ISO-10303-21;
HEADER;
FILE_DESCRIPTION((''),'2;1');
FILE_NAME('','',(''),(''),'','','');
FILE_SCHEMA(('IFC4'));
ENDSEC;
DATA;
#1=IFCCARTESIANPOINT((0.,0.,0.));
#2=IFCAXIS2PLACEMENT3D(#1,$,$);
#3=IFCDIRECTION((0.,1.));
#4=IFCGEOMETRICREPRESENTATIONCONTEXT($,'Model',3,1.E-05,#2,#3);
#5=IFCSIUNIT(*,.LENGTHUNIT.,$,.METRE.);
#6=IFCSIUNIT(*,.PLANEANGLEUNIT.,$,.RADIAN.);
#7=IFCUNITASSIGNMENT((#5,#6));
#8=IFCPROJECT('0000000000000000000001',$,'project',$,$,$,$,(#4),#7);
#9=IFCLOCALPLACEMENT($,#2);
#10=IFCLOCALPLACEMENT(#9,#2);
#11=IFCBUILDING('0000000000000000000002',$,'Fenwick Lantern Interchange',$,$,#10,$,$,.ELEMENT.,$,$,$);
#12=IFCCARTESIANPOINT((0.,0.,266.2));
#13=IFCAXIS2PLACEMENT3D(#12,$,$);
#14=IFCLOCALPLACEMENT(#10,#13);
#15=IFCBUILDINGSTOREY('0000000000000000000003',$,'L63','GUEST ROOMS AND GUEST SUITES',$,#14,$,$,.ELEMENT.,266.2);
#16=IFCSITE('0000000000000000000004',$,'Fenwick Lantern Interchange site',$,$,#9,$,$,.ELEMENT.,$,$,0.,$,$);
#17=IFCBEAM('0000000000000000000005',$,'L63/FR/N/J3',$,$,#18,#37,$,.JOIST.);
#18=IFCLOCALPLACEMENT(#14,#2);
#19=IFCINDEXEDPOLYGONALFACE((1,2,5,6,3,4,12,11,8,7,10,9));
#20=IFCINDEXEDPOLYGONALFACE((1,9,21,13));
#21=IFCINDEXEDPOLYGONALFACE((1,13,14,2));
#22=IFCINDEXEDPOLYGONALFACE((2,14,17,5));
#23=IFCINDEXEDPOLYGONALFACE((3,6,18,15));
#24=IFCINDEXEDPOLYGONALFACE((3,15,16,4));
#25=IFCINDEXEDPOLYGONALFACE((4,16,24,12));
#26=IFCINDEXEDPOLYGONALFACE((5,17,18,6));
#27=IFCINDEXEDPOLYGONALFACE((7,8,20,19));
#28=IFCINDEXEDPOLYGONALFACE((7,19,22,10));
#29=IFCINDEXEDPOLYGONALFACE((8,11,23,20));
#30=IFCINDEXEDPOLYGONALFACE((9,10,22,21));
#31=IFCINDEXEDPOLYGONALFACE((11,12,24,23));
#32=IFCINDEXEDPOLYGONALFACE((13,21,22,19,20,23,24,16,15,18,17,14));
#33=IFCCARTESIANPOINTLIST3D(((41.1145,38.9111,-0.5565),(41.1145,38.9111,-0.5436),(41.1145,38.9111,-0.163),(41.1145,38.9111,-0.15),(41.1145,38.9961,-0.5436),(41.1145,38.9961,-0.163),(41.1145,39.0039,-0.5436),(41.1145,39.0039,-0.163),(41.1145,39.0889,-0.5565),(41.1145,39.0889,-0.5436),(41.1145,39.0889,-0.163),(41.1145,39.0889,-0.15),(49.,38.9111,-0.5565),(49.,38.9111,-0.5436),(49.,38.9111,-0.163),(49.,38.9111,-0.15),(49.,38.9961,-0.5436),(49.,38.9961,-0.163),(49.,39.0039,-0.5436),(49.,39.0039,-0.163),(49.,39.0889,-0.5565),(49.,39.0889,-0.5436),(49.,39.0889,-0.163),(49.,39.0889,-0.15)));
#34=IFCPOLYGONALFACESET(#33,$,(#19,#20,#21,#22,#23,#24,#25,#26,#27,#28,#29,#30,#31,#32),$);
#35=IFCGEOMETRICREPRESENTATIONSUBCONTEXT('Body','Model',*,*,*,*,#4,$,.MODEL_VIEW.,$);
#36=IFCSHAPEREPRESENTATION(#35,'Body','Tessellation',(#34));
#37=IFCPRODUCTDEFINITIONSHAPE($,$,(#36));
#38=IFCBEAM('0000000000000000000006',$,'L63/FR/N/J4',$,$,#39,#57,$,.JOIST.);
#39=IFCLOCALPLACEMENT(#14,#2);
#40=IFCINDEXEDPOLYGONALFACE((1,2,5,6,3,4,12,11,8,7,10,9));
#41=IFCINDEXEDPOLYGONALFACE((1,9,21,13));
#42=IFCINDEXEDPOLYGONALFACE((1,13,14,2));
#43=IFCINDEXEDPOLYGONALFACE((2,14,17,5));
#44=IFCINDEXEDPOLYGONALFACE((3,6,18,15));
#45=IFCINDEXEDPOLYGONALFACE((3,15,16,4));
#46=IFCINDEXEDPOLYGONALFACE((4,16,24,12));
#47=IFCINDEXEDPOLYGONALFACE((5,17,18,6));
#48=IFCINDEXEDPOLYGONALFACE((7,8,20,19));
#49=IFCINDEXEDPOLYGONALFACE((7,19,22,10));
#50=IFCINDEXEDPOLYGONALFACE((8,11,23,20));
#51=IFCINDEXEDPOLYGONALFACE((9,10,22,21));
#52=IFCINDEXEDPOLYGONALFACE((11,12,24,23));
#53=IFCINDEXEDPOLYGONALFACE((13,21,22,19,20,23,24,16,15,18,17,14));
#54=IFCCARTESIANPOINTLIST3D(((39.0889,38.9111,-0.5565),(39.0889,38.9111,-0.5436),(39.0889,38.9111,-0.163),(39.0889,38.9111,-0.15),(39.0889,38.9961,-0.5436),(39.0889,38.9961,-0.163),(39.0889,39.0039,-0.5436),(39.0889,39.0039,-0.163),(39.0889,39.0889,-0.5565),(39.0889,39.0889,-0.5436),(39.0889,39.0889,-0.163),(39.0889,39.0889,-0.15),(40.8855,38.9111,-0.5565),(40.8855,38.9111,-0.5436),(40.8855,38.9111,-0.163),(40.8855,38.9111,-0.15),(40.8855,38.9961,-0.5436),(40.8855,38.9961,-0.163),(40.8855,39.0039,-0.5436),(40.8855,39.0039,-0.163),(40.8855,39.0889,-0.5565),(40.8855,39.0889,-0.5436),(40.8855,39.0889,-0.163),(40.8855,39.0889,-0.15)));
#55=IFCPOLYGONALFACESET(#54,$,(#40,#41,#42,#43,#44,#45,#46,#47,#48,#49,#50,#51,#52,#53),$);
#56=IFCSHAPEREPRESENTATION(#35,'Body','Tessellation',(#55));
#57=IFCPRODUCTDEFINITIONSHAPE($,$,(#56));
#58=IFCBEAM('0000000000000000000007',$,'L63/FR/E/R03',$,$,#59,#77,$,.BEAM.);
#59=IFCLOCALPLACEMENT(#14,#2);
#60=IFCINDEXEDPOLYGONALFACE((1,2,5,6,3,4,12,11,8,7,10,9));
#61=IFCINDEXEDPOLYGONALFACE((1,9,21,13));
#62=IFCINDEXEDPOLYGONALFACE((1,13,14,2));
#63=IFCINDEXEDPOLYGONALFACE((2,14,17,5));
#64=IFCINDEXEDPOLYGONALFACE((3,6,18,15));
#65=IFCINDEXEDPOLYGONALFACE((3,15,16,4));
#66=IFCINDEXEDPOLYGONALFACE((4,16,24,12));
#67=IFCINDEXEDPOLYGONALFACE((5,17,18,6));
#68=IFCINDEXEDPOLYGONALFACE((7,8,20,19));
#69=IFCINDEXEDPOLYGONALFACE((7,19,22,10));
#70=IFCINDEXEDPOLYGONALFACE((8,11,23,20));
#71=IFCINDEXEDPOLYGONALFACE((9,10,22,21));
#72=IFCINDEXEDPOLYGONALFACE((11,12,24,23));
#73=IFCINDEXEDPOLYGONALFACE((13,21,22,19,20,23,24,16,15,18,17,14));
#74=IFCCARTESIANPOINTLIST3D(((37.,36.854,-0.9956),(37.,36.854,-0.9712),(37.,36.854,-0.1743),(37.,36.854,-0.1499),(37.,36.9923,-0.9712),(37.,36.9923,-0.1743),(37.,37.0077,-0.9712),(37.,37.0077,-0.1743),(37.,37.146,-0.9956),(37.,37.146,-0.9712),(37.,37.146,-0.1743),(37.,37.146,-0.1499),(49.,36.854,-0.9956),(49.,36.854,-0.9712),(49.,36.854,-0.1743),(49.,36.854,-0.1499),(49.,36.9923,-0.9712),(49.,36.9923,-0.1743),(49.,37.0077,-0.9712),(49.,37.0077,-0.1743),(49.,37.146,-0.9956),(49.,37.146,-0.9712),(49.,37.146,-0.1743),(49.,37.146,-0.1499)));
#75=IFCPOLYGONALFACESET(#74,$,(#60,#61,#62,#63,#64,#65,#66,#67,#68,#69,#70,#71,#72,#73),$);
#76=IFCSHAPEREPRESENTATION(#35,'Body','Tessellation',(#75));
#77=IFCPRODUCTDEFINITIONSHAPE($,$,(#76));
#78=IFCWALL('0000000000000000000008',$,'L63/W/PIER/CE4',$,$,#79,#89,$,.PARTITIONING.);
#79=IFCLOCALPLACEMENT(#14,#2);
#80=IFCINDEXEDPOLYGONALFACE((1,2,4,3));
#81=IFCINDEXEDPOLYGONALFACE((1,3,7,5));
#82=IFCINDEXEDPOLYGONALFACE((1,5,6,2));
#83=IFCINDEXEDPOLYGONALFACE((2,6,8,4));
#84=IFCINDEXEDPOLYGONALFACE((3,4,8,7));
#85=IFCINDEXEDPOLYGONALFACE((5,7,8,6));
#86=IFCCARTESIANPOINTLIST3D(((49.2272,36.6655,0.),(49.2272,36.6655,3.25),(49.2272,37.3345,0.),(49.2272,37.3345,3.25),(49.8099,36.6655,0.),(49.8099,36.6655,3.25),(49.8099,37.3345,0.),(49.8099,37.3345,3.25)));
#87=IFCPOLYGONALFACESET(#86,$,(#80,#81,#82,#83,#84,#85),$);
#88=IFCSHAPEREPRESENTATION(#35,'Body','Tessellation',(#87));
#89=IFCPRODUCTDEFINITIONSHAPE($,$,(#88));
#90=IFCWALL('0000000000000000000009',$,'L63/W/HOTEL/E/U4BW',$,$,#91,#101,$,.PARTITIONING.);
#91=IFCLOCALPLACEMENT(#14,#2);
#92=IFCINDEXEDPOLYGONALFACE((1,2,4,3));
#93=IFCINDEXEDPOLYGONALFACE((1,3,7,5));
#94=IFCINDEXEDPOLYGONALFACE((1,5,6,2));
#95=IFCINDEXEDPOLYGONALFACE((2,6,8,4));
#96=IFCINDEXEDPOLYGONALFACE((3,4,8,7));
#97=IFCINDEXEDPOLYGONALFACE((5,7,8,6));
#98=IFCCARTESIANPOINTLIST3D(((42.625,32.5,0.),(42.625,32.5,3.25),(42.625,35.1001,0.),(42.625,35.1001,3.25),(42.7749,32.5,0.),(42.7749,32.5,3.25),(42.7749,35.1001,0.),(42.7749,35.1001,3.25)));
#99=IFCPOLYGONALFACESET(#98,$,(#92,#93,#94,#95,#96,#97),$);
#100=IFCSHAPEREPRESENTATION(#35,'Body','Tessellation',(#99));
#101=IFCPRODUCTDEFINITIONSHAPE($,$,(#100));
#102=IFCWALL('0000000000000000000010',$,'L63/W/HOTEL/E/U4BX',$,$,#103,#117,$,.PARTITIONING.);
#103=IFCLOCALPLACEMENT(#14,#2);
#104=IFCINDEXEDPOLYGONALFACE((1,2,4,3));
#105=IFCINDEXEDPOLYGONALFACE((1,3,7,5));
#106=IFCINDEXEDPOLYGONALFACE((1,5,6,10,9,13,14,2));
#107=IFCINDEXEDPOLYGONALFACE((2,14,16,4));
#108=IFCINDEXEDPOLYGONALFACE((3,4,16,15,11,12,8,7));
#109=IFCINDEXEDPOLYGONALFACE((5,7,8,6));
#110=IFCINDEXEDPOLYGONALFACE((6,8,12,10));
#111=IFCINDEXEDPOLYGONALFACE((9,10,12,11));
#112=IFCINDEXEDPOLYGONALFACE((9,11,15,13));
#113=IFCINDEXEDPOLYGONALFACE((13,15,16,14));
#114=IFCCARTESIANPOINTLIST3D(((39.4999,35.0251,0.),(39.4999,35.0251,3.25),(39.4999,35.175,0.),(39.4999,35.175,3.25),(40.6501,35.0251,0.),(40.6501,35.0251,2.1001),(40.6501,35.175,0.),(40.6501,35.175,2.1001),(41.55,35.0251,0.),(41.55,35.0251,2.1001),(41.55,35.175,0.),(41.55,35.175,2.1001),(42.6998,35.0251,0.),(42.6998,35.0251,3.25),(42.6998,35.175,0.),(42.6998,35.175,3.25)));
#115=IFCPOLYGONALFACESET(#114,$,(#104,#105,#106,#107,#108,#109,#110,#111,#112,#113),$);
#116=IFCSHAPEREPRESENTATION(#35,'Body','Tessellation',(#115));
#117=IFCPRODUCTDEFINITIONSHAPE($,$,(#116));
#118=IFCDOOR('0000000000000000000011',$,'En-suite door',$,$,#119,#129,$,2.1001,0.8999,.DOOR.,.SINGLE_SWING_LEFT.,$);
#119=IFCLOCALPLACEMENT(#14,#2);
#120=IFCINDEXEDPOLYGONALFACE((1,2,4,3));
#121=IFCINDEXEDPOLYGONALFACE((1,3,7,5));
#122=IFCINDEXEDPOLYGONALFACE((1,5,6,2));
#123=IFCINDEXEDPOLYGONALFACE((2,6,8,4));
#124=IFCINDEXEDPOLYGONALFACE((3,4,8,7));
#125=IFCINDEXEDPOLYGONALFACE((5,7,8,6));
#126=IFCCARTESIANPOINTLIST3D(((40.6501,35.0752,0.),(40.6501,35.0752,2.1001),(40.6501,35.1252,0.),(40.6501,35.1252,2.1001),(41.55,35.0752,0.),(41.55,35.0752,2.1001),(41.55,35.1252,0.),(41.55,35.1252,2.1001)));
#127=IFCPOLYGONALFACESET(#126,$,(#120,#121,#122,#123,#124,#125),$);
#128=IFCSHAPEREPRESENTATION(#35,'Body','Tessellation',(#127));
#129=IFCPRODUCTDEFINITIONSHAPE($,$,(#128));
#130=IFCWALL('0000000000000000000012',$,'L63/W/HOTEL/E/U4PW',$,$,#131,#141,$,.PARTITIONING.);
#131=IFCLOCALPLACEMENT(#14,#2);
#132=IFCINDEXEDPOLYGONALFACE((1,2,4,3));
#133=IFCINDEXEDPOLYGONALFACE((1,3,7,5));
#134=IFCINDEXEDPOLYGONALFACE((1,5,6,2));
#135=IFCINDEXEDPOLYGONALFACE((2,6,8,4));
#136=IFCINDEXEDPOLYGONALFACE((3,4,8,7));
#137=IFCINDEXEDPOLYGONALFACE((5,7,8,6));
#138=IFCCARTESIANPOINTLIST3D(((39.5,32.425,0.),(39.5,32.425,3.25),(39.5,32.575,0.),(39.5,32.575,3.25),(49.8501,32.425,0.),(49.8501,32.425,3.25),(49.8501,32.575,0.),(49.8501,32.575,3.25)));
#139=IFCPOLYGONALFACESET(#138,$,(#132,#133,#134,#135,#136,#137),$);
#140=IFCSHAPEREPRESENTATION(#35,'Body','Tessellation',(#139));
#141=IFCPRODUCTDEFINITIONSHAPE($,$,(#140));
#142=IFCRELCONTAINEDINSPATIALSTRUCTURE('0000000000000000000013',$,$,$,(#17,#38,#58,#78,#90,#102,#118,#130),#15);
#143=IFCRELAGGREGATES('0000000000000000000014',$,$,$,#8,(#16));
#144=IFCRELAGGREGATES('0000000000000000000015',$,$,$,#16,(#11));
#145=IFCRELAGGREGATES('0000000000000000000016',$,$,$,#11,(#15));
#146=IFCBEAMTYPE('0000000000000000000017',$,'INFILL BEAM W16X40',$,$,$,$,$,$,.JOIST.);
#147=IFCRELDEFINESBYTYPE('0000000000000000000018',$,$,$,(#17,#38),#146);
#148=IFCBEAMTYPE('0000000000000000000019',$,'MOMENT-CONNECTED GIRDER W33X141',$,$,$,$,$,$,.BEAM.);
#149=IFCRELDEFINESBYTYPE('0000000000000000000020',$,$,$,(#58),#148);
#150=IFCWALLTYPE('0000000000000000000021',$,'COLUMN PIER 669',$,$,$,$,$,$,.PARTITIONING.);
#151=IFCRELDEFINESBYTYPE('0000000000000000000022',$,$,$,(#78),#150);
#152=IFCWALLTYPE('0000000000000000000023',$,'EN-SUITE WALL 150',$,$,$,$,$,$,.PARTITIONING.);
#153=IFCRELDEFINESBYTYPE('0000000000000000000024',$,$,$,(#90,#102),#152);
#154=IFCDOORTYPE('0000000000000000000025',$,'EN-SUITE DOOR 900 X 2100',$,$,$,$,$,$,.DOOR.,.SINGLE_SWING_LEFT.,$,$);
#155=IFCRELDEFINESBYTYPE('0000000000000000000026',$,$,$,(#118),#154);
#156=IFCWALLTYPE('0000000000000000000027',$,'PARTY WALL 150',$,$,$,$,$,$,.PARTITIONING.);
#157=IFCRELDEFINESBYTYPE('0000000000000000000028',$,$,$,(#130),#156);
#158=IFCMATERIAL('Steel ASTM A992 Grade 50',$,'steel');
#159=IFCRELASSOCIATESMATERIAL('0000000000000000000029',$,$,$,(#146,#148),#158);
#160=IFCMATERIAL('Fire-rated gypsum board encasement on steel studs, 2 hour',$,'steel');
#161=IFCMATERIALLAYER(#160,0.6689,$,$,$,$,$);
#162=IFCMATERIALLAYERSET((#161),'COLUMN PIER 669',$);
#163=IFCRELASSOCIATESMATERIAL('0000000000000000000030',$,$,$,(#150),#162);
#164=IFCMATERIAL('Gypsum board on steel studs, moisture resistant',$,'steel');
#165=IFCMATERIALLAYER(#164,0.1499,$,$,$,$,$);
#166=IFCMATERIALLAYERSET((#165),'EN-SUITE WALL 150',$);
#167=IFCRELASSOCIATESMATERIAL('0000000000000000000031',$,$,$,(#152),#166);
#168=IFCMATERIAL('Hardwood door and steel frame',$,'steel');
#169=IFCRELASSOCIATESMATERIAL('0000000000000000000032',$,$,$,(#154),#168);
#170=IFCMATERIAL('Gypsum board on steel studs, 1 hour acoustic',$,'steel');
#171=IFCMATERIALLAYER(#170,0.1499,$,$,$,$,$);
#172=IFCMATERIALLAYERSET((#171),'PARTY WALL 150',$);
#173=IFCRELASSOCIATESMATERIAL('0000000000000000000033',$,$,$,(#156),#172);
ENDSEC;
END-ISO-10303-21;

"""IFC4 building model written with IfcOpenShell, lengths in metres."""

from ifc_helpers import new_model, si_unit, direction, frame, frame_2d, origin, origin_2d, place, context, subcontext, project, spatial, rectangle, i_section, extrude, material, layer, layer_set, material_profile, profile_set, type_object, element, fill, save


model = new_model("IFC4")

# Units and contexts
model_context = context("Model", 3, precision=1e-05, world=origin(), true_north=direction((0.0, 1.0)))
body_context = subcontext(model_context, "Body", "Model", "MODEL_VIEW")
ifc_project = project(units=[si_unit("LENGTHUNIT", "METRE"), si_unit("PLANEANGLEUNIT", "RADIAN")], contexts=[model_context])

# Site, building, storey
site_placement = place(None, origin())
site = spatial("IfcSite", under=ifc_project, at=site_placement, Name="Fenwick Lantern Interchange site", CompositionType="ELEMENT", RefElevation=0.0)
building_placement = place(site_placement, origin())
building = spatial("IfcBuilding", under=site, at=building_placement, Name="Fenwick Lantern Interchange", CompositionType="ELEMENT")
storey_placement = place(building_placement, frame((0.0, 0.0, 266.2)))
storey = spatial("IfcBuildingStorey", under=building, at=storey_placement, Name="L63", Description="GUEST ROOMS AND GUEST SUITES", CompositionType="ELEMENT", Elevation=266.2)

# Shared definitions
ifc_material_1 = material(Name="Steel ASTM A992 Grade 50", Category="steel")

# Beams
ifc_material_profile_1 = material_profile(ifc_material_1, i_section(OverallWidth=0.1777, OverallDepth=0.4065, WebThickness=0.0078, FlangeThickness=0.0129, at=origin_2d()), Name="W16X40")
ifc_profile_set_1 = profile_set([ifc_material_profile_1], Name="Steel ASTM A992 Grade 50")
beam_type_1 = type_object("IfcBeamType", Name="INFILL BEAM W16X40", PredefinedType="JOIST", material=ifc_profile_set_1)
beam_1_placement = place(storey_placement, frame((49.0, 39.0, -0.3533), z_axis=(-1.0, 0.0, 0.0), x_axis=(0.0, -1.0, 0.0)))
element("IfcBeam", 1, at=beam_1_placement, inside=storey, type_object=beam_type_1, Name="L63/FR/N/J3", PredefinedType="JOIST", context=body_context, shape_type="SweptSolid", body=[
    extrude(i_section(OverallWidth=0.1777, OverallDepth=0.4065, WebThickness=0.0078, FlangeThickness=0.0129, at=origin_2d()), origin(), (0.0, 0.0, 1.0), 7.8855),
])
beam_2_placement = place(storey_placement, frame((40.8855, 39.0, -0.3533), z_axis=(-1.0, 0.0, 0.0), x_axis=(0.0, -1.0, 0.0)))
element("IfcBeam", 2, at=beam_2_placement, inside=storey, type_object=beam_type_1, Name="L63/FR/N/J4", PredefinedType="JOIST", context=body_context, shape_type="SweptSolid", body=[
    extrude(i_section(OverallWidth=0.1777, OverallDepth=0.4065, WebThickness=0.0078, FlangeThickness=0.0129, at=origin_2d()), origin(), (0.0, 0.0, 1.0), 1.7966),
])
ifc_material_profile_2 = material_profile(ifc_material_1, i_section(OverallWidth=0.292, OverallDepth=0.8457, WebThickness=0.0154, FlangeThickness=0.0244, at=origin_2d()), Name="W33X141")
ifc_profile_set_2 = profile_set([ifc_material_profile_2], Name="Steel ASTM A992 Grade 50")
beam_type_2 = type_object("IfcBeamType", Name="MOMENT-CONNECTED GIRDER W33X141", PredefinedType="BEAM", material=ifc_profile_set_2)
beam_3_placement = place(storey_placement, frame((49.0, 37.0, -0.5728), z_axis=(-1.0, 0.0, 0.0), x_axis=(0.0, -1.0, 0.0)))
element("IfcBeam", 3, at=beam_3_placement, inside=storey, type_object=beam_type_2, Name="L63/FR/E/R03", PredefinedType="BEAM", context=body_context, shape_type="SweptSolid", body=[
    extrude(i_section(OverallWidth=0.292, OverallDepth=0.8457, WebThickness=0.0154, FlangeThickness=0.0244, at=origin_2d()), origin(), (0.0, 0.0, 1.0), 12.0),
])

# Walls
ifc_material_2 = material(Name="Fire-rated gypsum board encasement on steel studs, 2 hour", Category="steel")
ifc_layer_1 = layer(ifc_material_2, 0.6689)
ifc_layer_set_1 = layer_set([ifc_layer_1], Name="COLUMN PIER 669")
wall_type_1 = type_object("IfcWallType", Name="COLUMN PIER 669", PredefinedType="PARTITIONING", material=ifc_layer_set_1)
wall_1_placement = place(storey_placement, frame((49.8101, 37.0, 0.0), z_axis=(0.0, 0.0, 1.0), x_axis=(-1.0, 0.0, 0.0)))
element("IfcWall", 4, at=wall_1_placement, inside=storey, type_object=wall_type_1, Name="L63/W/PIER/CE4", PredefinedType="PARTITIONING", context=body_context, shape_type="SweptSolid", body=[
    extrude(rectangle(XDim=0.5828, YDim=0.6689, at=frame_2d((0.2915, 0.0))), origin(), (0.0, 0.0, 1.0), 3.25),
])
ifc_material_3 = material(Name="Gypsum board on steel studs, moisture resistant", Category="steel")
ifc_layer_2 = layer(ifc_material_3, 0.1499)
ifc_layer_set_2 = layer_set([ifc_layer_2], Name="EN-SUITE WALL 150")
wall_type_2 = type_object("IfcWallType", Name="EN-SUITE WALL 150", PredefinedType="PARTITIONING", material=ifc_layer_set_2)
wall_2_placement = place(storey_placement, frame((42.7, 32.5, 0.0), z_axis=(0.0, 0.0, 1.0), x_axis=(0.0, 1.0, 0.0)))
element("IfcWall", 5, at=wall_2_placement, inside=storey, type_object=wall_type_2, Name="L63/W/HOTEL/E/U4BW", PredefinedType="PARTITIONING", context=body_context, shape_type="SweptSolid", body=[
    extrude(rectangle(XDim=2.6001, YDim=0.1499, at=frame_2d((1.3, 0.0))), origin(), (0.0, 0.0, 1.0), 3.25),
])

# Wall, opening, door
wall_3_placement = place(storey_placement, frame((42.7, 35.1001, 0.0), z_axis=(0.0, 0.0, 1.0), x_axis=(-1.0, 0.0, 0.0)))
wall_3 = element("IfcWall", 6, at=wall_3_placement, inside=storey, type_object=wall_type_2, Name="L63/W/HOTEL/E/U4BX", PredefinedType="PARTITIONING", context=body_context, shape_type="SweptSolid", body=[
    extrude(rectangle(XDim=3.2, YDim=0.1499, at=frame_2d((1.6001, 0.0))), origin(), (0.0, 0.0, 1.0), 3.25),
])
opening_placement = place(wall_3_placement, frame((1.1499, 0.0, 0.0)))
opening = element("IfcOpeningElement", 7, at=opening_placement, cuts=wall_3, PredefinedType="OPENING", context=body_context, shape_type="SweptSolid", body=[
    extrude(rectangle(XDim=0.8999, YDim=2.1001, at=frame_2d((0.45, 1.05))), frame((0.0, 0.085, 0.0), z_axis=(0.0, -1.0, 0.0), x_axis=(1.0, 0.0, 0.0)), (0.0, 0.0, 1.0), 0.1699),
])
ifc_material_4 = material(Name="Hardwood door and steel frame", Category="steel")
door_type = type_object("IfcDoorType", Name="EN-SUITE DOOR 900 X 2100", OperationType="SINGLE_SWING_LEFT", PredefinedType="DOOR", material=ifc_material_4)
door_placement = place(opening_placement, origin())
door = element("IfcDoor", 8, at=door_placement, inside=storey, type_object=door_type, Name="En-suite door", OperationType="SINGLE_SWING_LEFT", OverallHeight=2.1001, OverallWidth=0.8999, PredefinedType="DOOR", context=body_context, shape_type="SweptSolid", body=[
    extrude(rectangle(XDim=0.8999, YDim=2.1001, at=frame_2d((0.45, 1.05))), frame((0.0, 0.0249, 0.0), z_axis=(0.0, -1.0, 0.0), x_axis=(1.0, 0.0, 0.0)), (0.0, 0.0, 1.0), 0.05),
])
fill(opening, door)

# Wall
ifc_material_5 = material(Name="Gypsum board on steel studs, 1 hour acoustic", Category="steel")
ifc_layer_3 = layer(ifc_material_5, 0.1499)
ifc_layer_set_3 = layer_set([ifc_layer_3], Name="PARTY WALL 150")
wall_type_3 = type_object("IfcWallType", Name="PARTY WALL 150", PredefinedType="PARTITIONING", material=ifc_layer_set_3)
wall_4_placement = place(storey_placement, frame((49.8501, 32.5, 0.0), z_axis=(0.0, 0.0, 1.0), x_axis=(-1.0, 0.0, 0.0)))
element("IfcWall", 9, at=wall_4_placement, inside=storey, type_object=wall_type_3, Name="L63/W/HOTEL/E/U4PW", PredefinedType="PARTITIONING", context=body_context, shape_type="SweptSolid", body=[
    extrude(rectangle(XDim=10.3501, YDim=0.1499, at=frame_2d((5.175, 0.0))), origin(), (0.0, 0.0, 1.0), 3.25),
])

save(model, "model.ifc")
